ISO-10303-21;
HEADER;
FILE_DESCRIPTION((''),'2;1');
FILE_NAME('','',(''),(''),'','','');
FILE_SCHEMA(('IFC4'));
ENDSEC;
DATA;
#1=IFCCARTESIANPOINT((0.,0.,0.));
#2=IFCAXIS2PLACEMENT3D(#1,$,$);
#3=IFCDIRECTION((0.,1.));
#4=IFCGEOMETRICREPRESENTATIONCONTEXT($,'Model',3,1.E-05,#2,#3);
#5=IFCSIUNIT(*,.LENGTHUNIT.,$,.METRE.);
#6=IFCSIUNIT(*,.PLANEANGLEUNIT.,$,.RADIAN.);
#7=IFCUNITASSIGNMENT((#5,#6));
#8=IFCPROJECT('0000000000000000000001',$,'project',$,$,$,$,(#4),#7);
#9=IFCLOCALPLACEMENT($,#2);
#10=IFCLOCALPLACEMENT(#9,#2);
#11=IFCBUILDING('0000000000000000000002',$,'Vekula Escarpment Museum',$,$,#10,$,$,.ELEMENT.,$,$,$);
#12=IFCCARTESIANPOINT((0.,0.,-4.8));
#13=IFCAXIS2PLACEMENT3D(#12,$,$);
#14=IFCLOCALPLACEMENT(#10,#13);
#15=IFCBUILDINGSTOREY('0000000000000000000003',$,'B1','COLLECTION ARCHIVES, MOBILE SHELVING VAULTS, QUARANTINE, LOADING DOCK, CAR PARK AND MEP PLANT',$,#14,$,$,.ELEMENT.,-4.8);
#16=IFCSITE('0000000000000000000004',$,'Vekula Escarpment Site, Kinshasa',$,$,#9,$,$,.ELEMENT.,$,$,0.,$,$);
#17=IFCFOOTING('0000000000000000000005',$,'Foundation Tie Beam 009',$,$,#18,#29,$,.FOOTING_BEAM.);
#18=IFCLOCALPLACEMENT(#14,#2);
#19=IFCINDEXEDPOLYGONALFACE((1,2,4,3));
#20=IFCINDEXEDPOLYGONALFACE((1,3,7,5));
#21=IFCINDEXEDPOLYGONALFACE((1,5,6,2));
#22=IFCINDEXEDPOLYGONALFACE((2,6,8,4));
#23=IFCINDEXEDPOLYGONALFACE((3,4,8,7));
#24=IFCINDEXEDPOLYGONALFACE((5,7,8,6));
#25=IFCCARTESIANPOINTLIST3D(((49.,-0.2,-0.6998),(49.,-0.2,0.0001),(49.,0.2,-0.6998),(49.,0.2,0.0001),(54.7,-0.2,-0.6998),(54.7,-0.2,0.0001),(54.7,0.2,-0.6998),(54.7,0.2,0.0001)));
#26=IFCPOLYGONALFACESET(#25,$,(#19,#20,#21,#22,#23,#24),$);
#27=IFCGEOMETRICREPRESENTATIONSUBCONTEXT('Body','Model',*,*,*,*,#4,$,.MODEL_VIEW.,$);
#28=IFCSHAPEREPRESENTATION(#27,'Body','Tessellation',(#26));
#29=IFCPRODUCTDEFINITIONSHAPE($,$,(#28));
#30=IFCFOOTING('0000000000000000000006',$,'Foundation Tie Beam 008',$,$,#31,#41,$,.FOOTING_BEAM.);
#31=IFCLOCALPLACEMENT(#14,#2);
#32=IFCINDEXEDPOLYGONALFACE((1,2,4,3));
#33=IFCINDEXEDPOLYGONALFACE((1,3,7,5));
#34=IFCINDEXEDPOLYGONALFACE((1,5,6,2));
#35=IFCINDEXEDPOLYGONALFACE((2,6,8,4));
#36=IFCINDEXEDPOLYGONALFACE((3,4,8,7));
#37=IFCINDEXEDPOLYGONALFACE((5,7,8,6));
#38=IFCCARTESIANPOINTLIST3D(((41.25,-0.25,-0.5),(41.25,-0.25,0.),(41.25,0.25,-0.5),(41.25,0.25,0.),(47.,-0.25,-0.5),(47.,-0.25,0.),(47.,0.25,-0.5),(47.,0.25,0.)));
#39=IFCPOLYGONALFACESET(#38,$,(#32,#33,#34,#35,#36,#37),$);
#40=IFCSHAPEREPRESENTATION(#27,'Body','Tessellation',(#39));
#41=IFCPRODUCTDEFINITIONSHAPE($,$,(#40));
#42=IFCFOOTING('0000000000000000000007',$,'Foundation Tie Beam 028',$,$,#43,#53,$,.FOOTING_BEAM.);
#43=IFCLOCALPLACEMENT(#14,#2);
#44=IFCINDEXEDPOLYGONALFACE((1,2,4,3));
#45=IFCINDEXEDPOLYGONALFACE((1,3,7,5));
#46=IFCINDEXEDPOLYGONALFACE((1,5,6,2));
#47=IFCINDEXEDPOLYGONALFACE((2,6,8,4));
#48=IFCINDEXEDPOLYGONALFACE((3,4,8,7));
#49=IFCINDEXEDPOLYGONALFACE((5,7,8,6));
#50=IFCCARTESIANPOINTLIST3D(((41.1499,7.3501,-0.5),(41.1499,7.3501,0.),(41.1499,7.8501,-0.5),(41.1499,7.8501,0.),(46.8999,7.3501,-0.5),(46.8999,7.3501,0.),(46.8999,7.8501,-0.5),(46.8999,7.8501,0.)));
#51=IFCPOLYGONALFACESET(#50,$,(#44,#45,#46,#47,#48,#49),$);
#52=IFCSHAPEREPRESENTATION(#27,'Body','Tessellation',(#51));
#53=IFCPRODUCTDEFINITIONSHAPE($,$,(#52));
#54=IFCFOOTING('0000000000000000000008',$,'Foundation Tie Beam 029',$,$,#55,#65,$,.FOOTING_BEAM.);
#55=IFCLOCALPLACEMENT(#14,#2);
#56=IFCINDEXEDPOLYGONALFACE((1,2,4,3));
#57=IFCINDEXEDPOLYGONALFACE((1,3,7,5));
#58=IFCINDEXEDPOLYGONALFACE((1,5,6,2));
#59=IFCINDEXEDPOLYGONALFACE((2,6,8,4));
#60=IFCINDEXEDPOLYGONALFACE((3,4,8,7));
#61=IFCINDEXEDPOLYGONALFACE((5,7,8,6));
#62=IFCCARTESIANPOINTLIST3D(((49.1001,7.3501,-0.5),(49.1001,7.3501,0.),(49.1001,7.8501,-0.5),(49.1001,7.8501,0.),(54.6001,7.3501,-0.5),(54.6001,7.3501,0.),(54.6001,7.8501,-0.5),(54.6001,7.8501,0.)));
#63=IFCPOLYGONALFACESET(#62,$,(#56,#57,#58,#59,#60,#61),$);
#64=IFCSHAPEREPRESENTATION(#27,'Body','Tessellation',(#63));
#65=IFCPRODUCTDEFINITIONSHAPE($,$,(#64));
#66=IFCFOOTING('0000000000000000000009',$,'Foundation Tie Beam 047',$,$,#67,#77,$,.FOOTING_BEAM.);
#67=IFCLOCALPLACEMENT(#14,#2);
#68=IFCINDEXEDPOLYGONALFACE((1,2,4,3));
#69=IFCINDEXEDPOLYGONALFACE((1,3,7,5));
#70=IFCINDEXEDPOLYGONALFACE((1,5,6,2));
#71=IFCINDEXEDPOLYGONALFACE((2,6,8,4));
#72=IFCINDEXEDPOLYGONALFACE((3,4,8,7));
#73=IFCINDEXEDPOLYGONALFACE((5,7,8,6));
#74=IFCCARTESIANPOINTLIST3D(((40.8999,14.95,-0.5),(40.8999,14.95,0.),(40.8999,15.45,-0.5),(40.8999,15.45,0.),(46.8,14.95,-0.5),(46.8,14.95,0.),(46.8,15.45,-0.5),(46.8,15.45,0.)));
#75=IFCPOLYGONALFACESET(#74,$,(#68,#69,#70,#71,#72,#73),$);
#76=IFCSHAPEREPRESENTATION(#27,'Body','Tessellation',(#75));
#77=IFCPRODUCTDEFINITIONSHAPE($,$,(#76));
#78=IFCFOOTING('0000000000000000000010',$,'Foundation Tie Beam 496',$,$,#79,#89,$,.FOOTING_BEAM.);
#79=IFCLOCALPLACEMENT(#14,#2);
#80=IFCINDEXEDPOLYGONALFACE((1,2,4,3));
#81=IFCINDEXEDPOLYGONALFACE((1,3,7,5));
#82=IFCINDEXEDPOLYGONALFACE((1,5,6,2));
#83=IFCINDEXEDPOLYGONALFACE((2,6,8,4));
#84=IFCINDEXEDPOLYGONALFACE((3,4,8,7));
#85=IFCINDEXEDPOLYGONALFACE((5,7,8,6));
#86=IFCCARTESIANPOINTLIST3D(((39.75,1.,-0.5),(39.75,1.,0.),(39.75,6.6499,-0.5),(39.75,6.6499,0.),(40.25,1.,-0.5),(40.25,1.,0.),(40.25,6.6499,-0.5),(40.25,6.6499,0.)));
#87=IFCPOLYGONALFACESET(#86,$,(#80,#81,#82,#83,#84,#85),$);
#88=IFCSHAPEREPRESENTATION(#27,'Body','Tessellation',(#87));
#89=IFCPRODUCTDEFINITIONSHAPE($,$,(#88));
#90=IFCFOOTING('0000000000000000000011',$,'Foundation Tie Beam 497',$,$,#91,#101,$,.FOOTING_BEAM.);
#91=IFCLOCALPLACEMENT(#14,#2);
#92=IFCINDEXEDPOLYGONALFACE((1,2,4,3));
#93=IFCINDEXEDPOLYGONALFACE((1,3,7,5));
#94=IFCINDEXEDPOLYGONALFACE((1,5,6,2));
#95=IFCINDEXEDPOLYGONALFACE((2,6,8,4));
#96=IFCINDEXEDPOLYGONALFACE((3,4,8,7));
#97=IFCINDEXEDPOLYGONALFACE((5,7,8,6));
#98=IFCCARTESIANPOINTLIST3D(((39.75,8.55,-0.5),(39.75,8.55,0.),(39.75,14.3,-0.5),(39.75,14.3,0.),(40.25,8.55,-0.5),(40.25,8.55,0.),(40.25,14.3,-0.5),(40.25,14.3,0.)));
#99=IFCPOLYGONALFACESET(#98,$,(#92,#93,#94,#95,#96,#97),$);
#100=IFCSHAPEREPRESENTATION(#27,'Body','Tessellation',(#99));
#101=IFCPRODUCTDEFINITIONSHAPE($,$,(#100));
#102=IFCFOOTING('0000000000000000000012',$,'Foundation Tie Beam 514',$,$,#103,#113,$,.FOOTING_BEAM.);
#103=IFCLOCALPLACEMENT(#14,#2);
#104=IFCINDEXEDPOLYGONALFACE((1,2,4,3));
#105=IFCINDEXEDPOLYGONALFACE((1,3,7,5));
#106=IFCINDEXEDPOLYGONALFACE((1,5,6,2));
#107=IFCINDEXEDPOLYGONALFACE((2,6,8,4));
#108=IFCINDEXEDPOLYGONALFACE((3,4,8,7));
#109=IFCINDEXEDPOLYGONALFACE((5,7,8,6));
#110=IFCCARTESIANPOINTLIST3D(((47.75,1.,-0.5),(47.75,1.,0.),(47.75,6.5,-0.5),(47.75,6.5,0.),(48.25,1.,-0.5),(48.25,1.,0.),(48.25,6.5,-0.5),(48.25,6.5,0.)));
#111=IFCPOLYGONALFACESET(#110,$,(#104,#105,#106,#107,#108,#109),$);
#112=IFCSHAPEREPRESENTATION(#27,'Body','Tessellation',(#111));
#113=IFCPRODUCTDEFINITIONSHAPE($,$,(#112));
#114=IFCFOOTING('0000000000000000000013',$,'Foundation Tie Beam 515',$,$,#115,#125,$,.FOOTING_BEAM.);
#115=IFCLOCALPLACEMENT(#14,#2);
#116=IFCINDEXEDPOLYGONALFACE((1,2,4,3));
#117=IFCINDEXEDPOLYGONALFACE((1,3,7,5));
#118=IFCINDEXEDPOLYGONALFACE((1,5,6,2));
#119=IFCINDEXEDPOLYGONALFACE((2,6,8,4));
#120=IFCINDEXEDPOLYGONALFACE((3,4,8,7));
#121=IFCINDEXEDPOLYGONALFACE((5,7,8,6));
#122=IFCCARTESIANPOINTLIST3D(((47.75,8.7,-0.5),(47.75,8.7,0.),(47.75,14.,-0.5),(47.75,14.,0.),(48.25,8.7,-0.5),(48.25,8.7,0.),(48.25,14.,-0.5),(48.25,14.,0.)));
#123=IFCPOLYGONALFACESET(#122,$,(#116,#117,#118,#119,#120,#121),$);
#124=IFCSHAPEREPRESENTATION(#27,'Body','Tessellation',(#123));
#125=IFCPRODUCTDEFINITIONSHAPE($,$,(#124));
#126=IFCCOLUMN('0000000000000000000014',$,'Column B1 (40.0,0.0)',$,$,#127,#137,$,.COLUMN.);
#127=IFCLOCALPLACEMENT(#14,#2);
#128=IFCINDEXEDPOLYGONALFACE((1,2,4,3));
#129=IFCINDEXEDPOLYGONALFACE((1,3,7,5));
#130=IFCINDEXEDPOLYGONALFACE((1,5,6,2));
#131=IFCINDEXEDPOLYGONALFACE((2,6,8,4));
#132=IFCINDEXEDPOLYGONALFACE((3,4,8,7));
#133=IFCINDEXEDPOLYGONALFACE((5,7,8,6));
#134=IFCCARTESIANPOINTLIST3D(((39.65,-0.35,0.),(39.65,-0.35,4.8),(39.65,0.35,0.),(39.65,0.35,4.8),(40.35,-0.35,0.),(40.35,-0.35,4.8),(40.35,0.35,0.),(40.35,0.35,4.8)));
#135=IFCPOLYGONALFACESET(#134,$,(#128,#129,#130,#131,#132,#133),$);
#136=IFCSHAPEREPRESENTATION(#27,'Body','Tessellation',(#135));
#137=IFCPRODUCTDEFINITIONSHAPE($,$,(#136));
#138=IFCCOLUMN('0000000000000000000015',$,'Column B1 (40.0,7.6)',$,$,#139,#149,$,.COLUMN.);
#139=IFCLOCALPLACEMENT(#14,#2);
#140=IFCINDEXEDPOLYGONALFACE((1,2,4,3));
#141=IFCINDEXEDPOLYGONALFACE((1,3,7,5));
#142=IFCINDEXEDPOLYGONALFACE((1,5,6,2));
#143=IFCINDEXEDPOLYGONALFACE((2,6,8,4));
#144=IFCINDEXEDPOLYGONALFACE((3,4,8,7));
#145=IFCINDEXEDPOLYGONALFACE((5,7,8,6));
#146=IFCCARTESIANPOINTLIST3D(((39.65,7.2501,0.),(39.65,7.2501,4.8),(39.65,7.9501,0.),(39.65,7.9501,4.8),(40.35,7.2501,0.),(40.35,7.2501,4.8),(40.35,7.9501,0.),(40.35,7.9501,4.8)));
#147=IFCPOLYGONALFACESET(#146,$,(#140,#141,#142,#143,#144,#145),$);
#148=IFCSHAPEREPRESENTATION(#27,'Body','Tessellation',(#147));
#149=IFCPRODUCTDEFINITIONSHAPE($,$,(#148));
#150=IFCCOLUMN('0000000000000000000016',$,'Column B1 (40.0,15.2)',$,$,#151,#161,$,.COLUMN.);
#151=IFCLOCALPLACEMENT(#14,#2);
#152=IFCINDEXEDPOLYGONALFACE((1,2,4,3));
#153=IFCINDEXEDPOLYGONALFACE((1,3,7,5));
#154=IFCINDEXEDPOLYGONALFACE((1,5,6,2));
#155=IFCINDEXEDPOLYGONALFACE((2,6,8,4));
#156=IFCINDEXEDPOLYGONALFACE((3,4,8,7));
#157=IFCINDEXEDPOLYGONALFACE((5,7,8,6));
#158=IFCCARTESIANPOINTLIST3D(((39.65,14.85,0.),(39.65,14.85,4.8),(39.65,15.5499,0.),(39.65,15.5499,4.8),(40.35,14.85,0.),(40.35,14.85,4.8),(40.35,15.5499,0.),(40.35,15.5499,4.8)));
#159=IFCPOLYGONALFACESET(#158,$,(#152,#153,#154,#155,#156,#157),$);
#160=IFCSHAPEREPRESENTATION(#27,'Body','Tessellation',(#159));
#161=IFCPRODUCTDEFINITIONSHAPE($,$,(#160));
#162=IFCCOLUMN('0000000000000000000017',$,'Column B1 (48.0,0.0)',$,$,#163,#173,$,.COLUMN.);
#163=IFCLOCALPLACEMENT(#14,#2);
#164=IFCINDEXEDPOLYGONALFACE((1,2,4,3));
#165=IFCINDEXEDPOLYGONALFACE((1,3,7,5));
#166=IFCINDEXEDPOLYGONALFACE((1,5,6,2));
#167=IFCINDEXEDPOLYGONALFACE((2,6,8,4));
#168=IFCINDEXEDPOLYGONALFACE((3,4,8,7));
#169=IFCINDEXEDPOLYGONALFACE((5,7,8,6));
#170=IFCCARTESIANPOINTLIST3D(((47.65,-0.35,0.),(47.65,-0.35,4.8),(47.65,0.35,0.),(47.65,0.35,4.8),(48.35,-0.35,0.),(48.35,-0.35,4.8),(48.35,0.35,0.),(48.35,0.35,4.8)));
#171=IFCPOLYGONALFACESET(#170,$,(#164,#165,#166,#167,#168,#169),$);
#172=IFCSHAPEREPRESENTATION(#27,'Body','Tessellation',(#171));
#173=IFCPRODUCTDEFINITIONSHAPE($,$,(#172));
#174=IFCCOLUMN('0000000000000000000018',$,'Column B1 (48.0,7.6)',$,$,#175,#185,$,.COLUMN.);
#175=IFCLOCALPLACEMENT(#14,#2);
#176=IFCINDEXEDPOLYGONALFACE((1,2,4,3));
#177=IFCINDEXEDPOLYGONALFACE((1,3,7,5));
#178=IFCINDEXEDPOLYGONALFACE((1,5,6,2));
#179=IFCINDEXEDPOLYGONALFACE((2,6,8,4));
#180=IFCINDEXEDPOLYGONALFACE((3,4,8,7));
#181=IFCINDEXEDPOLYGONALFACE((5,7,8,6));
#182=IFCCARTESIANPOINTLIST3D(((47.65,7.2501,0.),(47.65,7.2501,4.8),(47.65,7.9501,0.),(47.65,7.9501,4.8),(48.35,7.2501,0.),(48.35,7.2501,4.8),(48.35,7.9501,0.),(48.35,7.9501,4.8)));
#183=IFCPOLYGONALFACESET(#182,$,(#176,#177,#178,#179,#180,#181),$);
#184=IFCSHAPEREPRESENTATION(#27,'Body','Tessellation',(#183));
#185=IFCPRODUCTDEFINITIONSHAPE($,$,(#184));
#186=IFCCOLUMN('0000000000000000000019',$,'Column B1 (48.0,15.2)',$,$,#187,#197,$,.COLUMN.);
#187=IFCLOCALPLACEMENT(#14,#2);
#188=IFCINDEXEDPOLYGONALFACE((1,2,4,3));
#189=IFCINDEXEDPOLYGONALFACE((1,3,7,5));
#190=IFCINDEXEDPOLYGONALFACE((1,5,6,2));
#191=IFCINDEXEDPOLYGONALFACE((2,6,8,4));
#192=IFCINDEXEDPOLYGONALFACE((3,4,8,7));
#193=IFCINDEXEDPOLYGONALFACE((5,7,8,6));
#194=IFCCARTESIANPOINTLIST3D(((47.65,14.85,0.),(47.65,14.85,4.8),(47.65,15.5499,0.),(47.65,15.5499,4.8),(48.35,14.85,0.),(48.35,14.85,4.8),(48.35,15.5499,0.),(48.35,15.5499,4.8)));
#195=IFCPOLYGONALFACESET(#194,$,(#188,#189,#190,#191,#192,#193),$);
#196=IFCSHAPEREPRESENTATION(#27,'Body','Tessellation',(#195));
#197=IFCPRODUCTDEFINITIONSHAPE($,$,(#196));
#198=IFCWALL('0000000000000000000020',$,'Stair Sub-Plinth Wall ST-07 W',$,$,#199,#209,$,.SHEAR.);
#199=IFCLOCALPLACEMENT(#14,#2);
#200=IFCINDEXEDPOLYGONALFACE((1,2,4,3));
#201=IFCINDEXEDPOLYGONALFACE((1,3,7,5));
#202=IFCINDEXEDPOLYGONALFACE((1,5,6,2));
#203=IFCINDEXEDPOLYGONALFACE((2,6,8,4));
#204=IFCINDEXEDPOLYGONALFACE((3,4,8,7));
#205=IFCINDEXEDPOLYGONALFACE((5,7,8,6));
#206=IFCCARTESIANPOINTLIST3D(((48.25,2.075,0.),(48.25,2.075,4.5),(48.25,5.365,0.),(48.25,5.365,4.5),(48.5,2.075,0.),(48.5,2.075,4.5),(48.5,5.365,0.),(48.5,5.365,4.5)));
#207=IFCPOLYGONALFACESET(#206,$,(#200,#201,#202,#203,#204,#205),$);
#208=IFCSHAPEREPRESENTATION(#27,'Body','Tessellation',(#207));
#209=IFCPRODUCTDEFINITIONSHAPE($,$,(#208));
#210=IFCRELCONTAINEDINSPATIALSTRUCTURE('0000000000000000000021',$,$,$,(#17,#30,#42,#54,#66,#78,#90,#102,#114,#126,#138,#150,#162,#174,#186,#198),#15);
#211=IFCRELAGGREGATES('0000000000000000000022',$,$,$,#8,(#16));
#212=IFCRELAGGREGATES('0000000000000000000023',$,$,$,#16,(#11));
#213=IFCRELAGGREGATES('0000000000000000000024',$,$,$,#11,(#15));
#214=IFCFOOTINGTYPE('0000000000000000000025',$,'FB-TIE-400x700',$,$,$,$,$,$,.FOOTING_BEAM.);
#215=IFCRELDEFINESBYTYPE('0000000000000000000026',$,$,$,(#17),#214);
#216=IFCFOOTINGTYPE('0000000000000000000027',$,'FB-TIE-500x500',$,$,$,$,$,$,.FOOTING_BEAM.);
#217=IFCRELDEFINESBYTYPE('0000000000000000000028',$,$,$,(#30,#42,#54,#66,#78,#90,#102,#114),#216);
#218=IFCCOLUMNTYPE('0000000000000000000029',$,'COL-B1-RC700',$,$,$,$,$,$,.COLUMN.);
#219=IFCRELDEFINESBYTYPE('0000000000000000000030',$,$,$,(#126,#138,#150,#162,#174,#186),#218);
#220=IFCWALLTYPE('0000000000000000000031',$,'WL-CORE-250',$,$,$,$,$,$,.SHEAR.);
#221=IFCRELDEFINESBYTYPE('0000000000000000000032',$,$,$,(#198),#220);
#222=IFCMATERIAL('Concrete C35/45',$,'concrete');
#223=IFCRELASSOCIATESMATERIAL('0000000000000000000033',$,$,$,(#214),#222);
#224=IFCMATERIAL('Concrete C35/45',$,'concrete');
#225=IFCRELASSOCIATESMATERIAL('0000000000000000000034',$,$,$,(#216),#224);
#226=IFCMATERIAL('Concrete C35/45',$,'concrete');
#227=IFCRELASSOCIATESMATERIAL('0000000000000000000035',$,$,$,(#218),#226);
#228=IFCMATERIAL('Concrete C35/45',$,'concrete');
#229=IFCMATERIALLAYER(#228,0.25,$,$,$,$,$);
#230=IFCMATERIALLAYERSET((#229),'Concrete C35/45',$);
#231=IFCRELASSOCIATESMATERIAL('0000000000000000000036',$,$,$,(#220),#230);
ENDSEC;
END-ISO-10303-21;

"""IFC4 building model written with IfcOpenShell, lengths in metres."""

from ifc_helpers import new_model, si_unit, direction, frame, frame_2d, origin, origin_2d, place, context, subcontext, project, spatial, rectangle, extrude, material, layer, layer_set, material_profile, profile_set, type_object, element, save


model = new_model("IFC4")

# Units and contexts
model_context = context("Model", 3, precision=1e-05, world=origin(), true_north=direction((0.0, 1.0)))
body_context = subcontext(model_context, "Body", "Model", "MODEL_VIEW")
ifc_project = project(units=[si_unit("LENGTHUNIT", "METRE"), si_unit("PLANEANGLEUNIT", "RADIAN")], contexts=[model_context])

# Site, building, storey
site_placement = place(None, origin())
site = spatial("IfcSite", under=ifc_project, at=site_placement, Name="Vekula Escarpment Site, Kinshasa", CompositionType="ELEMENT", RefElevation=0.0)
building_placement = place(site_placement, origin())
building = spatial("IfcBuilding", under=site, at=building_placement, Name="Vekula Escarpment Museum", CompositionType="ELEMENT")
storey_placement = place(building_placement, frame((0.0, 0.0, -4.8)))
storey = spatial("IfcBuildingStorey", under=building, at=storey_placement, Name="B1", Description="COLLECTION ARCHIVES, MOBILE SHELVING VAULTS, QUARANTINE, LOADING DOCK, CAR PARK AND MEP PLANT", CompositionType="ELEMENT", Elevation=-4.8)

# Footings
ifc_material_1 = material(Name="Concrete C35/45", Category="concrete")
ifc_material_profile_1 = material_profile(ifc_material_1, rectangle(XDim=0.3999, YDim=0.7, at=origin_2d()), Name="RC 400x700")
ifc_profile_set_1 = profile_set([ifc_material_profile_1], Name="Concrete C35/45")
footing_type_1 = type_object("IfcFootingType", Name="FB-TIE-400x700", PredefinedType="FOOTING_BEAM", material=ifc_profile_set_1)
footing_1_placement = place(storey_placement, frame((49.0, 0.0, -0.3499), z_axis=(1.0, 0.0, 0.0), x_axis=(0.0, 1.0, 0.0)))
element("IfcFooting", 1, at=footing_1_placement, inside=storey, type_object=footing_type_1, Name="Foundation Tie Beam 009", PredefinedType="FOOTING_BEAM", context=body_context, shape_type="SweptSolid", body=[
    extrude(rectangle(XDim=0.3999, YDim=0.7, at=origin_2d()), origin(), (0.0, 0.0, 1.0), 5.7),
])
ifc_material_2 = material(Name="Concrete C35/45", Category="concrete")
ifc_material_profile_2 = material_profile(ifc_material_2, rectangle(XDim=0.5, YDim=0.5, at=origin_2d()), Name="RC 500x500")
ifc_profile_set_2 = profile_set([ifc_material_profile_2], Name="Concrete C35/45")
footing_type_2 = type_object("IfcFootingType", Name="FB-TIE-500x500", PredefinedType="FOOTING_BEAM", material=ifc_profile_set_2)
for number, where, z_axis, x_axis, name in (
    (2, (41.25, 0.0, -0.25), (1.0, 0.0, 0.0), (0.0, 1.0, 0.0), "Foundation Tie Beam 008"),
    (3, (41.1499, 7.6001, -0.25), (1.0, 0.0, 0.0), (0.0, 1.0, 0.0), "Foundation Tie Beam 028"),
):
    element("IfcFooting", number, at=place(storey_placement, frame(where, z_axis=z_axis, x_axis=x_axis)), inside=storey, type_object=footing_type_2, Name=name, PredefinedType="FOOTING_BEAM", context=body_context, shape_type="SweptSolid", body=[
        extrude(rectangle(XDim=0.5, YDim=0.5, at=origin_2d()), origin(), (0.0, 0.0, 1.0), 5.75),
    ])
footing_2_placement = place(storey_placement, frame((49.1001, 7.6001, -0.25), z_axis=(1.0, 0.0, 0.0), x_axis=(0.0, 1.0, 0.0)))
element("IfcFooting", 4, at=footing_2_placement, inside=storey, type_object=footing_type_2, Name="Foundation Tie Beam 029", PredefinedType="FOOTING_BEAM", context=body_context, shape_type="SweptSolid", body=[
    extrude(rectangle(XDim=0.5, YDim=0.5, at=origin_2d()), origin(), (0.0, 0.0, 1.0), 5.5),
])
footing_3_placement = place(storey_placement, frame((40.8999, 15.2, -0.25), z_axis=(1.0, 0.0, 0.0), x_axis=(0.0, 1.0, 0.0)))
element("IfcFooting", 5, at=footing_3_placement, inside=storey, type_object=footing_type_2, Name="Foundation Tie Beam 047", PredefinedType="FOOTING_BEAM", context=body_context, shape_type="SweptSolid", body=[
    extrude(rectangle(XDim=0.5, YDim=0.5, at=origin_2d()), origin(), (0.0, 0.0, 1.0), 5.9001),
])
footing_4_placement = place(storey_placement, frame((40.0, 1.0, -0.25), z_axis=(0.0, 1.0, 0.0), x_axis=(-1.0, 0.0, 0.0)))
element("IfcFooting", 6, at=footing_4_placement, inside=storey, type_object=footing_type_2, Name="Foundation Tie Beam 496", PredefinedType="FOOTING_BEAM", context=body_context, shape_type="SweptSolid", body=[
    extrude(rectangle(XDim=0.5, YDim=0.5, at=origin_2d()), origin(), (0.0, 0.0, 1.0), 5.6499),
])
footing_5_placement = place(storey_placement, frame((40.0, 8.55, -0.25), z_axis=(0.0, 1.0, 0.0), x_axis=(-1.0, 0.0, 0.0)))
element("IfcFooting", 7, at=footing_5_placement, inside=storey, type_object=footing_type_2, Name="Foundation Tie Beam 497", PredefinedType="FOOTING_BEAM", context=body_context, shape_type="SweptSolid", body=[
    extrude(rectangle(XDim=0.5, YDim=0.5, at=origin_2d()), origin(), (0.0, 0.0, 1.0), 5.75),
])
footing_6_placement = place(storey_placement, frame((48.0, 1.0, -0.25), z_axis=(0.0, 1.0, 0.0), x_axis=(-1.0, 0.0, 0.0)))
element("IfcFooting", 8, at=footing_6_placement, inside=storey, type_object=footing_type_2, Name="Foundation Tie Beam 514", PredefinedType="FOOTING_BEAM", context=body_context, shape_type="SweptSolid", body=[
    extrude(rectangle(XDim=0.5, YDim=0.5, at=origin_2d()), origin(), (0.0, 0.0, 1.0), 5.5),
])
footing_7_placement = place(storey_placement, frame((48.0, 8.7, -0.25), z_axis=(0.0, 1.0, 0.0), x_axis=(-1.0, 0.0, 0.0)))
element("IfcFooting", 9, at=footing_7_placement, inside=storey, type_object=footing_type_2, Name="Foundation Tie Beam 515", PredefinedType="FOOTING_BEAM", context=body_context, shape_type="SweptSolid", body=[
    extrude(rectangle(XDim=0.5, YDim=0.5, at=origin_2d()), origin(), (0.0, 0.0, 1.0), 5.3),
])

# Columns
ifc_material_3 = material(Name="Concrete C35/45", Category="concrete")
ifc_material_profile_3 = material_profile(ifc_material_3, rectangle(XDim=0.7, YDim=0.7, at=origin_2d()), Name="RC 700x700")
ifc_profile_set_3 = profile_set([ifc_material_profile_3], Name="Concrete C35/45")
column_type = type_object("IfcColumnType", Name="COL-B1-RC700", PredefinedType="COLUMN", material=ifc_profile_set_3)
for number, where, z_axis, x_axis, name in (
    (10, (40.0, 0.0, 0.0), (0.0, 0.0, 1.0), (1.0, 0.0, 0.0), "Column B1 (40.0,0.0)"),
    (11, (40.0, 7.6001, 0.0), (0.0, 0.0, 1.0), (1.0, 0.0, 0.0), "Column B1 (40.0,7.6)"),
    (12, (40.0, 15.2, 0.0), (0.0, 0.0, 1.0), (1.0, 0.0, 0.0), "Column B1 (40.0,15.2)"),
    (13, (48.0, 0.0, 0.0), (0.0, 0.0, 1.0), (1.0, 0.0, 0.0), "Column B1 (48.0,0.0)"),
    (14, (48.0, 7.6001, 0.0), (0.0, 0.0, 1.0), (1.0, 0.0, 0.0), "Column B1 (48.0,7.6)"),
    (15, (48.0, 15.2, 0.0), (0.0, 0.0, 1.0), (1.0, 0.0, 0.0), "Column B1 (48.0,15.2)"),
):
    element("IfcColumn", number, at=place(storey_placement, frame(where, z_axis=z_axis, x_axis=x_axis)), inside=storey, type_object=column_type, Name=name, PredefinedType="COLUMN", context=body_context, shape_type="SweptSolid", body=[
        extrude(rectangle(XDim=0.7, YDim=0.7, at=origin_2d()), origin(), (0.0, 0.0, 1.0), 4.8),
    ])

# Wall
ifc_material_4 = material(Name="Concrete C35/45", Category="concrete")
ifc_layer_1 = layer(ifc_material_4, 0.25)
ifc_layer_set_1 = layer_set([ifc_layer_1], Name="Concrete C35/45")
wall_type_1 = type_object("IfcWallType", Name="WL-CORE-250", PredefinedType="SHEAR", material=ifc_layer_set_1)
wall_placement = place(storey_placement, frame((48.375, 2.075, 0.0), z_axis=(0.0, 0.0, 1.0), x_axis=(0.0, 1.0, 0.0)))
element("IfcWall", 16, at=wall_placement, inside=storey, type_object=wall_type_1, Name="Stair Sub-Plinth Wall ST-07 W", PredefinedType="SHEAR", context=body_context, shape_type="SweptSolid", body=[
    extrude(rectangle(XDim=3.29, YDim=0.25, at=frame_2d((1.645, 0.0))), origin(), (0.0, 0.0, 1.0), 4.5),
])

save(model, "model.ifc")
